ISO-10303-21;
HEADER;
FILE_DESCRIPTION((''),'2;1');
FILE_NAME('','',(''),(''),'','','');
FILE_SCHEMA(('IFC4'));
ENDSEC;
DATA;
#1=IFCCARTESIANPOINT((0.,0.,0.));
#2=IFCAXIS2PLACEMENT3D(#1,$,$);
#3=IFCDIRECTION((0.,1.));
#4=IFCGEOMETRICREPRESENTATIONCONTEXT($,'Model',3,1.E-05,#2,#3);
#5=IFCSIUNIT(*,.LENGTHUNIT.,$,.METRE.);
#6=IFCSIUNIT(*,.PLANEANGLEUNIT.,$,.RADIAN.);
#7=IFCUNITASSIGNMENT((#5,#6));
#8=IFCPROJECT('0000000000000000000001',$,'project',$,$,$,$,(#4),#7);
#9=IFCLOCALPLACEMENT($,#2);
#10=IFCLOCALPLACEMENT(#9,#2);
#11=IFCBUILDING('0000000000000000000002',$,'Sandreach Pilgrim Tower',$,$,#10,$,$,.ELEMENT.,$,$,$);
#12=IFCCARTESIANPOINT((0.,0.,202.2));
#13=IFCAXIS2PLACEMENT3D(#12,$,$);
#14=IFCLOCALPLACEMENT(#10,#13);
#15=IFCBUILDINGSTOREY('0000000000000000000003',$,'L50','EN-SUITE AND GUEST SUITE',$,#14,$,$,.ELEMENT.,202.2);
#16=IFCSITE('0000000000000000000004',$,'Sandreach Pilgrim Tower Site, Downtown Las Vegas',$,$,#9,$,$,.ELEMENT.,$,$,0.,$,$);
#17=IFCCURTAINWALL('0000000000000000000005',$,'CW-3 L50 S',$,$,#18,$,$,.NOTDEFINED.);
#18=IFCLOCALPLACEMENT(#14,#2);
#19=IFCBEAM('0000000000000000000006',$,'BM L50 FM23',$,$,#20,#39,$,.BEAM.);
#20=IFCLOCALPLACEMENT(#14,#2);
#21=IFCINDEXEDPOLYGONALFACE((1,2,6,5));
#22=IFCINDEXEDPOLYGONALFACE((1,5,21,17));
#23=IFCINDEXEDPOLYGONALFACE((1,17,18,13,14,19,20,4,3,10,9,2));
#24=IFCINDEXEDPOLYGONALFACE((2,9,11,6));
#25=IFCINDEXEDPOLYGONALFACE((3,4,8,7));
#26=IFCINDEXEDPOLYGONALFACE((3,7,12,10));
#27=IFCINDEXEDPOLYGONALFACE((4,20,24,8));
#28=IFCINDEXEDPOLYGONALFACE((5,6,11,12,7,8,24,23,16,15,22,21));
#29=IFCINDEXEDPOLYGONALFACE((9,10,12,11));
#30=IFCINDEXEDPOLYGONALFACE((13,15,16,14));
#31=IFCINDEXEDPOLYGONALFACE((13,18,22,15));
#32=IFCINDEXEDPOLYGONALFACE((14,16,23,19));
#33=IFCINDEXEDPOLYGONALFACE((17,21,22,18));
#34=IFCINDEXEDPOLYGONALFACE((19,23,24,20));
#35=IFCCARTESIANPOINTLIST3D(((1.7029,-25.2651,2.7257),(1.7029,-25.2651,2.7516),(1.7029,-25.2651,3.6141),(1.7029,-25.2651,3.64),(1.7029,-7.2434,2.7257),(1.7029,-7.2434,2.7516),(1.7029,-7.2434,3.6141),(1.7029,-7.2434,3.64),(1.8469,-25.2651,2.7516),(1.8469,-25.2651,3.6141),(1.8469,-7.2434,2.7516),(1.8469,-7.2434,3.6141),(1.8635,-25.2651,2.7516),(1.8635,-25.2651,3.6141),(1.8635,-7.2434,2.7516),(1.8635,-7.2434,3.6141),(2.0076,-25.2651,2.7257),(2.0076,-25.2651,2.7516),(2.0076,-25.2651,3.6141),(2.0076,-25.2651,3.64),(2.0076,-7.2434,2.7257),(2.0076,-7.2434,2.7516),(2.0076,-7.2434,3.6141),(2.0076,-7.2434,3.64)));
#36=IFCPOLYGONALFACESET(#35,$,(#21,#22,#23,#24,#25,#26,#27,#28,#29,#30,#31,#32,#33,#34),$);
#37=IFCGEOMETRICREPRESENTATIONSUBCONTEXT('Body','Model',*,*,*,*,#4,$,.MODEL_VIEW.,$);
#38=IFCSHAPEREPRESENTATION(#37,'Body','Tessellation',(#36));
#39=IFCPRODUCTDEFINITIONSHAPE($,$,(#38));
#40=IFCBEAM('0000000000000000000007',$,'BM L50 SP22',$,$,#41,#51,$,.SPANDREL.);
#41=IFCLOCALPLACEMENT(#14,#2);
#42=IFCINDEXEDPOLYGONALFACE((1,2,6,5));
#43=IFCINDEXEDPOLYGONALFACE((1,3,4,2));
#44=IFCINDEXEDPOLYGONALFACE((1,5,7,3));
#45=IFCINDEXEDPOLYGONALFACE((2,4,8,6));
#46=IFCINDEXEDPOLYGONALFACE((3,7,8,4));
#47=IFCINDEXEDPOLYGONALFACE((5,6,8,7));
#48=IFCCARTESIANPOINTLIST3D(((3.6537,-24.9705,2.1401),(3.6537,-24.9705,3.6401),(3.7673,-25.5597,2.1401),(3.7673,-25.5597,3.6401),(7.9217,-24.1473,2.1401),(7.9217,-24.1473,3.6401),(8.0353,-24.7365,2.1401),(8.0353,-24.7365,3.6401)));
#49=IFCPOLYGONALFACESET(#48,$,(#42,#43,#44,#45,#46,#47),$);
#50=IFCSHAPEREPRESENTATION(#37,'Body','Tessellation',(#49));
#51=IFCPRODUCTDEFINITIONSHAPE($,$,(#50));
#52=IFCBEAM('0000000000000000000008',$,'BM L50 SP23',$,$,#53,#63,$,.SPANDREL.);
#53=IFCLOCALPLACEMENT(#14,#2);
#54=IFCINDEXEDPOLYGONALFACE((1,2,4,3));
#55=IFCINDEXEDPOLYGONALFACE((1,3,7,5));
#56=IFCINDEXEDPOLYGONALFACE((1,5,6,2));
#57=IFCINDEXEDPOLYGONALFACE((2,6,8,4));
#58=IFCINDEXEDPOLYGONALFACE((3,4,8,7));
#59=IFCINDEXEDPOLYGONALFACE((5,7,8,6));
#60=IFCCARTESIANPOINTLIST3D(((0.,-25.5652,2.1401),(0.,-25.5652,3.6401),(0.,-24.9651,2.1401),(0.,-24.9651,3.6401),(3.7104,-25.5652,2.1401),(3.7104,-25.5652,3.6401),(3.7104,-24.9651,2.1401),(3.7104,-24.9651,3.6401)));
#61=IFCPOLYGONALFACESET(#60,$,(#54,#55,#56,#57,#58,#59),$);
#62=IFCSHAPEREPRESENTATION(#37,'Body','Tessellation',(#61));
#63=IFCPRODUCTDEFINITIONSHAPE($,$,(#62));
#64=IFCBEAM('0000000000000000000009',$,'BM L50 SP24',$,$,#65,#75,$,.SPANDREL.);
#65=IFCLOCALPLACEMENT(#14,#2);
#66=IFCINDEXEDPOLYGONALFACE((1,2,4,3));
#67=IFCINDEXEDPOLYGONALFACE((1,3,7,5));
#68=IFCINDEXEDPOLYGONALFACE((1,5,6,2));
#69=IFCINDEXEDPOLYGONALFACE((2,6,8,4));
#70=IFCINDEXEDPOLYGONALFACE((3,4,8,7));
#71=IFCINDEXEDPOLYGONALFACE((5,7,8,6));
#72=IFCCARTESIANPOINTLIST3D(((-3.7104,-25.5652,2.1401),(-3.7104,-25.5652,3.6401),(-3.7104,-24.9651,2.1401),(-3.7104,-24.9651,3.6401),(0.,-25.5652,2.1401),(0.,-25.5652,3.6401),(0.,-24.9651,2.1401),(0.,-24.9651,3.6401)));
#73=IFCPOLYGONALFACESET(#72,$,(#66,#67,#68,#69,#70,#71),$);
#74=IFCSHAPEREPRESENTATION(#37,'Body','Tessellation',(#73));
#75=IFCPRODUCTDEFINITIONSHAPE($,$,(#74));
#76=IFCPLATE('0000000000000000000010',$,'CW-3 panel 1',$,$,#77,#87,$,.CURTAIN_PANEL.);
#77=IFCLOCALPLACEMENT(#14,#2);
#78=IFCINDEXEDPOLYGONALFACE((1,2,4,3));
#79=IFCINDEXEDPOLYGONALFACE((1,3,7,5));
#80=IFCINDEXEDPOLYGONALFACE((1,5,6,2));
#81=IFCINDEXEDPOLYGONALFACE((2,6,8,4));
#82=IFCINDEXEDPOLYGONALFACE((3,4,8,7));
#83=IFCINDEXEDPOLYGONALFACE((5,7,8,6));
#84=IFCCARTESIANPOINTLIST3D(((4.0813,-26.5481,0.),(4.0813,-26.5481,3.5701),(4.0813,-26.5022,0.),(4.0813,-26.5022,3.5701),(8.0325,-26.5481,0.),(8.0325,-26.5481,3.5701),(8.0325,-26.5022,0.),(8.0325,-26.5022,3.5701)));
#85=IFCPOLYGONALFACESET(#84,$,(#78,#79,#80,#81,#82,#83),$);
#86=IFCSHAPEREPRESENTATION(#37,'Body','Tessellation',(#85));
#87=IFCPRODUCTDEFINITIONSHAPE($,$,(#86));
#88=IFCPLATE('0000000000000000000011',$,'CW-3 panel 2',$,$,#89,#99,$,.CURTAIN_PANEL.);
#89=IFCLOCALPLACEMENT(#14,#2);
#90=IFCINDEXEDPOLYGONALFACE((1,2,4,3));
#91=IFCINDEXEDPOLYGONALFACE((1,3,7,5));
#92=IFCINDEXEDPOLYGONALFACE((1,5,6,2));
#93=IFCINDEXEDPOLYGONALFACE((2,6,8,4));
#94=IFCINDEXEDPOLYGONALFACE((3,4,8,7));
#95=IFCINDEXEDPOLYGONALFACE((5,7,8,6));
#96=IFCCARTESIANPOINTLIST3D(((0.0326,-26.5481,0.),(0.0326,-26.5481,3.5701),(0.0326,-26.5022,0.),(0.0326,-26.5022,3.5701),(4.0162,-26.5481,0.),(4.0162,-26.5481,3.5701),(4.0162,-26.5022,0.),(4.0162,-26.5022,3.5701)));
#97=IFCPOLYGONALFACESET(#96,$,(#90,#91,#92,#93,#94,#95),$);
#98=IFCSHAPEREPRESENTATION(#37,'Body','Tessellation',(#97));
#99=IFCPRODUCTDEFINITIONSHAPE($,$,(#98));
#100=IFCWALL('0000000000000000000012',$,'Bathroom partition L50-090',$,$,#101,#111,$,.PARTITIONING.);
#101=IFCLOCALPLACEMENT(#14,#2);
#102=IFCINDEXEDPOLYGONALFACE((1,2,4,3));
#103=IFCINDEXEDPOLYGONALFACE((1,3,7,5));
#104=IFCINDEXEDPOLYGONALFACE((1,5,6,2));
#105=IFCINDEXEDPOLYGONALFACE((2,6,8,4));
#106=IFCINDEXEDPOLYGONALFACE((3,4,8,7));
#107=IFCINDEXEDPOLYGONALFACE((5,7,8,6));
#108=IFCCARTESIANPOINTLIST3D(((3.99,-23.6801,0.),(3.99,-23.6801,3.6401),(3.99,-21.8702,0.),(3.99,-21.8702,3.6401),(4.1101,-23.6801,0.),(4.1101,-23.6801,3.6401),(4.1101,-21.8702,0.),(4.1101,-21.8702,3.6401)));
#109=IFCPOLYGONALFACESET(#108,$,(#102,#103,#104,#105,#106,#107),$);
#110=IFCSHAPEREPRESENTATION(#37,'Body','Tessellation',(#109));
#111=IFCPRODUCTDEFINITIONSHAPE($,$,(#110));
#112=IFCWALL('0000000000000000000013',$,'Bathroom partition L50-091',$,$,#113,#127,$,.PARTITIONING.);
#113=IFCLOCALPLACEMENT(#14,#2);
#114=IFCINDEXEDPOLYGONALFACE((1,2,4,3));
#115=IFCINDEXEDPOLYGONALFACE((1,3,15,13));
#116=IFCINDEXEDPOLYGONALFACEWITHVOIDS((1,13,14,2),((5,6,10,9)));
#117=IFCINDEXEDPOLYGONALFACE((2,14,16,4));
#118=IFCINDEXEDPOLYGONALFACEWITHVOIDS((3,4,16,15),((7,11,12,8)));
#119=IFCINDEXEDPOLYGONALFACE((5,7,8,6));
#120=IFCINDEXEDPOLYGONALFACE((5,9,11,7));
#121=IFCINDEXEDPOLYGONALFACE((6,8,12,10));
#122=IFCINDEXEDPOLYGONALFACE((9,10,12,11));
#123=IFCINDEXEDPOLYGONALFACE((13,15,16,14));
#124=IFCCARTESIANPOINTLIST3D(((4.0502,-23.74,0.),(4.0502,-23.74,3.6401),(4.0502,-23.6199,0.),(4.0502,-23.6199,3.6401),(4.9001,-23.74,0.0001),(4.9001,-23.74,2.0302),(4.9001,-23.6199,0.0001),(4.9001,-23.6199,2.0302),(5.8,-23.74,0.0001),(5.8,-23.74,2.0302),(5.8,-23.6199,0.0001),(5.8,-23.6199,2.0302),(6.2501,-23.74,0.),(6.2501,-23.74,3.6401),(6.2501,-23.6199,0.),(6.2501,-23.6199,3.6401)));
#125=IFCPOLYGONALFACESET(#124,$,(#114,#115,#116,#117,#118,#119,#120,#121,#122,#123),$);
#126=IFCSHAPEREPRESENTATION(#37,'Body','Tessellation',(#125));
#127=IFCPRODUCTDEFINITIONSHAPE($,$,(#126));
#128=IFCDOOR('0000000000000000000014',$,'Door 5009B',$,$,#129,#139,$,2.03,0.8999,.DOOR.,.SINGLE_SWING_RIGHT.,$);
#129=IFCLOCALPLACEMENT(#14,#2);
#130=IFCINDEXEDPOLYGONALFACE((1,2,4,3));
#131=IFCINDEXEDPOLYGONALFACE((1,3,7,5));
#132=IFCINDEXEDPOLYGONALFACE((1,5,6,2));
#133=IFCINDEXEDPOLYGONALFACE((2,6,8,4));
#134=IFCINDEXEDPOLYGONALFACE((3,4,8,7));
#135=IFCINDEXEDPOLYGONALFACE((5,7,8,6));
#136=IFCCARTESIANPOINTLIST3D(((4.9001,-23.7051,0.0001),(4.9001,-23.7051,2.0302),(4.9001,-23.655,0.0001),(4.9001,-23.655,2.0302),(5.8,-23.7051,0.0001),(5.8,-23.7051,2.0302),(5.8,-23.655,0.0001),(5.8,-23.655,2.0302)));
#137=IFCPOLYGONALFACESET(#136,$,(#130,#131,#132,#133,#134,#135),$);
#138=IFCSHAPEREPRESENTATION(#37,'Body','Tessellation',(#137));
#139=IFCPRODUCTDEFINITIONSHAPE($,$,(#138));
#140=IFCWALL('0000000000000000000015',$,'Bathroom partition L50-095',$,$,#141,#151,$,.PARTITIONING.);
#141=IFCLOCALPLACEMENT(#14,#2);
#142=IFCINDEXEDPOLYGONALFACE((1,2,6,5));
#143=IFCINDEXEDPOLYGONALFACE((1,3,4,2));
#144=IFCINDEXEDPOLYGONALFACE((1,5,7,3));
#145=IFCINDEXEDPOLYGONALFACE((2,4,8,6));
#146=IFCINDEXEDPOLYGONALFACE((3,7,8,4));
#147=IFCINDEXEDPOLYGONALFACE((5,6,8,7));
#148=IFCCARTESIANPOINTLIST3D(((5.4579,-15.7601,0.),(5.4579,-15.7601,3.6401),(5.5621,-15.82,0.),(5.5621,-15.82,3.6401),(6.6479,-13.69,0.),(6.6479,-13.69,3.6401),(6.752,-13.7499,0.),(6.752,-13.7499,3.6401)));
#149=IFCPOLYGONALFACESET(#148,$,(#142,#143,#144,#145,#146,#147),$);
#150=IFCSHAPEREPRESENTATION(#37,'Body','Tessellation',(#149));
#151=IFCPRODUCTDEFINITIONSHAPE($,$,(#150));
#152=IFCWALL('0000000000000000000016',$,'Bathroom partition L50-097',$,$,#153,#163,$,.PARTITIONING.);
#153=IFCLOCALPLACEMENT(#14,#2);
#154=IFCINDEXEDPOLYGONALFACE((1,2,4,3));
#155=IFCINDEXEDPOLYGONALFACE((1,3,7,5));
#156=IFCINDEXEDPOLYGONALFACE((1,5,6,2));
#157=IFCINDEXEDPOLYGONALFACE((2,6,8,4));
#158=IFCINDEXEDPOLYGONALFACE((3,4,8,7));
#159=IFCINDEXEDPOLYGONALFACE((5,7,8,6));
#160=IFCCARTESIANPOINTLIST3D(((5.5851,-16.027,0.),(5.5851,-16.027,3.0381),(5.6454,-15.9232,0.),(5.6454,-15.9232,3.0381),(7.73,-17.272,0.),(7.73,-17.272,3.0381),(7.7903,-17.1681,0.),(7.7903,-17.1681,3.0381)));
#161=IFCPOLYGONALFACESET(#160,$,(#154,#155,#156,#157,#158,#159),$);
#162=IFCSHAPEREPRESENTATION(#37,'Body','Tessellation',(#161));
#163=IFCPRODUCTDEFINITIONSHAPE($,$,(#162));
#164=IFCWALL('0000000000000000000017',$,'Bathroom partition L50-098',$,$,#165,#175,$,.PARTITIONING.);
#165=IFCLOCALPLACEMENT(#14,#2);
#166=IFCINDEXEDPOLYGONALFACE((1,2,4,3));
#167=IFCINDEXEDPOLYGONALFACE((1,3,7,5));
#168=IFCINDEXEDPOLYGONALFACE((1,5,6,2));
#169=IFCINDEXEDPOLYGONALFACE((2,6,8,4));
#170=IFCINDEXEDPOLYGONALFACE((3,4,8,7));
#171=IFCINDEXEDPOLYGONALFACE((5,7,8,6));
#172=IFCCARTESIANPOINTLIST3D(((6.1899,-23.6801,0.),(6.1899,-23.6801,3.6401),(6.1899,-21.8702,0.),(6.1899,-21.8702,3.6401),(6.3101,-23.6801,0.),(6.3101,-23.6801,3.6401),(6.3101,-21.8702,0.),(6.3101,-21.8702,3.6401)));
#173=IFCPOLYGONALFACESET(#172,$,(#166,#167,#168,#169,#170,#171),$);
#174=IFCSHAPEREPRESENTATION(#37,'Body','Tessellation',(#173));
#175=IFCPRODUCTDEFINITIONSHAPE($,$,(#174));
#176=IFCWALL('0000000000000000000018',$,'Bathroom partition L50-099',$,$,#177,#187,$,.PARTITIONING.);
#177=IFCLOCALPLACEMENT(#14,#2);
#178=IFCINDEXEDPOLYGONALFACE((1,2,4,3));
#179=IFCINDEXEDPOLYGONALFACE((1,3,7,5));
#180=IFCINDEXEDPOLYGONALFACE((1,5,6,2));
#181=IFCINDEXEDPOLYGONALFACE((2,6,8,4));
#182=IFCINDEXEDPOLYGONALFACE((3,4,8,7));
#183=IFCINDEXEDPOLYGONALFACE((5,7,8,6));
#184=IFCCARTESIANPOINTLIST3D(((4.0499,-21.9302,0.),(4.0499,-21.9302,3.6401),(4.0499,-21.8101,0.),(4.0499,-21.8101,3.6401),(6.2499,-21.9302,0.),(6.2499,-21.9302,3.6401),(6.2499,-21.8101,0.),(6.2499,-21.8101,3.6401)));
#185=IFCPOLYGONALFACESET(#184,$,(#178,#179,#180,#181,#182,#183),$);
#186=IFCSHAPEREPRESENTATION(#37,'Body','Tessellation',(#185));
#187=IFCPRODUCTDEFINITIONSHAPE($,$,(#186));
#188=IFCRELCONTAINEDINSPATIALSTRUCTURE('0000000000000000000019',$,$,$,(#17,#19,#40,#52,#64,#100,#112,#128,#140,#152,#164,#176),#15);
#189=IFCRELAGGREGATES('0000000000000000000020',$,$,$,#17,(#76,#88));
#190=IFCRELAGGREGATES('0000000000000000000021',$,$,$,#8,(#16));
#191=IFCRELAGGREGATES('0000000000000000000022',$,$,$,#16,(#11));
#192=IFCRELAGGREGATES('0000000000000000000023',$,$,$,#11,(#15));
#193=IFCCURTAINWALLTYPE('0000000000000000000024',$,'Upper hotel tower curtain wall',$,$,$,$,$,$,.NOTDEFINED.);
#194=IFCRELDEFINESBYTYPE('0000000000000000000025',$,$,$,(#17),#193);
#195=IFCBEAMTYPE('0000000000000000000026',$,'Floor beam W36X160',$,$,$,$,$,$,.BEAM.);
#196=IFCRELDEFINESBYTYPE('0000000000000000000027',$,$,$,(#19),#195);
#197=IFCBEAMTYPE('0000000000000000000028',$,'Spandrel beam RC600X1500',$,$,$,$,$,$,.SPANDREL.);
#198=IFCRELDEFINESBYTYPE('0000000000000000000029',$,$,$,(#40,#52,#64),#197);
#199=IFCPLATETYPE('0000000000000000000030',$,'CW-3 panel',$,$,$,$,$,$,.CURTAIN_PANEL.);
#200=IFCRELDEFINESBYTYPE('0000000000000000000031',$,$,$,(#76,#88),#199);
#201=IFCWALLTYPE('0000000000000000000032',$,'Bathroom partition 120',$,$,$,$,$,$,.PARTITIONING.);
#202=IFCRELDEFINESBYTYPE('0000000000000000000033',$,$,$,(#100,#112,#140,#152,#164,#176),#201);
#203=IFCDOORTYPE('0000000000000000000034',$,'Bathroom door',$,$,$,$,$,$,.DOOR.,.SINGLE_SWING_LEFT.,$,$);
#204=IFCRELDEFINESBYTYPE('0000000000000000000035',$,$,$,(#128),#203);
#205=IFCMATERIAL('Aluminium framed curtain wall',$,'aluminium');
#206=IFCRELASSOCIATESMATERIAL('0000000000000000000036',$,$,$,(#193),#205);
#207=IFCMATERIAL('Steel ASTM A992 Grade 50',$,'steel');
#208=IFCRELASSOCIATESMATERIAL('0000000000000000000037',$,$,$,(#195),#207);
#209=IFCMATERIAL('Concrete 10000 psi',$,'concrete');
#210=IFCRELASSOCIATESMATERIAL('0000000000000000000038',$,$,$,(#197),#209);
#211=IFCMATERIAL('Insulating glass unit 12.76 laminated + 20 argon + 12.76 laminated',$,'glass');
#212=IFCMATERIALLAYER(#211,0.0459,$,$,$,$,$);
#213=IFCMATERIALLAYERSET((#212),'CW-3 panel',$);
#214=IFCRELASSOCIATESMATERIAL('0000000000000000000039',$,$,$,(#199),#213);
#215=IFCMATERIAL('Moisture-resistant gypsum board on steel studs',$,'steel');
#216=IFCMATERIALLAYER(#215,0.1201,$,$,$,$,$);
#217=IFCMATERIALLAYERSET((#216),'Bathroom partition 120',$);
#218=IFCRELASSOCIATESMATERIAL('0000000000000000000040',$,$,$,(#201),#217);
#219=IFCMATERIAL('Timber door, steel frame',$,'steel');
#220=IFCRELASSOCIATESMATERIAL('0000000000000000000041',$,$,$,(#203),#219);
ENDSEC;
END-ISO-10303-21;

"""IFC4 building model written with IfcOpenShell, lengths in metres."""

from ifc_helpers import new_model, si_unit, direction, frame, frame_2d, origin, origin_2d, place, context, subcontext, project, spatial, rectangle, i_section, extrude, material, layer, layer_set, material_profile, profile_set, type_object, element, fill, aggregate, save


model = new_model("IFC4")

# Units and contexts
model_context = context("Model", 3, precision=1e-05, world=origin(), true_north=direction((0.0, 1.0)))
body_context = subcontext(model_context, "Body", "Model", "MODEL_VIEW")
ifc_project = project(units=[si_unit("LENGTHUNIT", "METRE"), si_unit("PLANEANGLEUNIT", "RADIAN")], contexts=[model_context])

# Site, building, storey
site_placement = place(None, origin())
site = spatial("IfcSite", under=ifc_project, at=site_placement, Name="Sandreach Pilgrim Tower Site, Downtown Las Vegas", CompositionType="ELEMENT", RefElevation=0.0)
building_placement = place(site_placement, origin())
building = spatial("IfcBuilding", under=site, at=building_placement, Name="Sandreach Pilgrim Tower", CompositionType="ELEMENT")
storey_placement = place(building_placement, frame((0.0, 0.0, 202.2)))
storey = spatial("IfcBuildingStorey", under=building, at=storey_placement, Name="L50", Description="EN-SUITE AND GUEST SUITE", CompositionType="ELEMENT", Elevation=202.2)

# Curtain wall
ifc_material_1 = material(Name="Aluminium framed curtain wall", Category="aluminium")
curtain_wall_type = type_object("IfcCurtainWallType", Name="Upper hotel tower curtain wall", PredefinedType="NOTDEFINED", material=ifc_material_1)
curtain_wall_placement = place(storey_placement, origin())
curtain_wall = element("IfcCurtainWall", 1, at=curtain_wall_placement, inside=storey, type_object=curtain_wall_type, Name="CW-3 L50 S", PredefinedType="NOTDEFINED")

# Beams
ifc_material_2 = material(Name="Steel ASTM A992 Grade 50", Category="steel")
ifc_material_profile_1 = material_profile(ifc_material_2, i_section(OverallWidth=0.3047, OverallDepth=0.9143, WebThickness=0.0166, FlangeThickness=0.0259, at=origin_2d()), Name="W36X160")
ifc_profile_set_1 = profile_set([ifc_material_profile_1], Name="Steel ASTM A992 Grade 50")
beam_type_1 = type_object("IfcBeamType", Name="Floor beam W36X160", PredefinedType="BEAM", material=ifc_profile_set_1)
beam_1_placement = place(storey_placement, frame((1.8552, -25.2651, 3.1829), z_axis=(0.0, 1.0, 0.0), x_axis=(-1.0, 0.0, 0.0)))
element("IfcBeam", 2, at=beam_1_placement, inside=storey, type_object=beam_type_1, Name="BM L50 FM23", PredefinedType="BEAM", context=body_context, shape_type="SweptSolid", body=[
    extrude(i_section(OverallWidth=0.3047, OverallDepth=0.9143, WebThickness=0.0166, FlangeThickness=0.0259, at=origin_2d()), origin(), (0.0, 0.0, 1.0), 18.0217),
])
ifc_material_3 = material(Name="Concrete 10000 psi", Category="concrete")
ifc_material_profile_2 = material_profile(ifc_material_3, rectangle(XDim=0.6001, YDim=1.5, at=origin_2d()), Name="RC600X1500")
ifc_profile_set_2 = profile_set([ifc_material_profile_2], Name="Concrete 10000 psi")
beam_type_2 = type_object("IfcBeamType", Name="Spandrel beam RC600X1500", PredefinedType="SPANDREL", material=ifc_profile_set_2)
beam_2_placement = place(storey_placement, frame((7.9785, -24.4419, 2.8901), z_axis=(-0.981901, -0.189393, 0.0), x_axis=(0.189393, -0.981901, 0.0)))
element("IfcBeam", 3, at=beam_2_placement, inside=storey, type_object=beam_type_2, Name="BM L50 SP22", PredefinedType="SPANDREL", context=body_context, shape_type="SweptSolid", body=[
    extrude(rectangle(XDim=0.6001, YDim=1.5, at=origin_2d()), origin(), (0.0, 0.0, 1.0), 4.3467),
])
for number, where, z_axis, x_axis, name in (
    (4, (3.7104, -25.2651, 2.8901), (-1.0, 0.0, 0.0), (0.0, -1.0, 0.0), "BM L50 SP23"),
    (5, (0.0, -25.2651, 2.8901), (-1.0, 0.0, 0.0), (0.0, -1.0, 0.0), "BM L50 SP24"),
):
    element("IfcBeam", number, at=place(storey_placement, frame(where, z_axis=z_axis, x_axis=x_axis)), inside=storey, type_object=beam_type_2, Name=name, PredefinedType="SPANDREL", context=body_context, shape_type="SweptSolid", body=[
        extrude(rectangle(XDim=0.6001, YDim=1.5, at=origin_2d()), origin(), (0.0, 0.0, 1.0), 3.7104),
    ])

# Plates
ifc_material_4 = material(Name="Insulating glass unit 12.76 laminated + 20 argon + 12.76 laminated", Category="glass")
ifc_layer_1 = layer(ifc_material_4, 0.0459)
ifc_layer_set_1 = layer_set([ifc_layer_1], Name="CW-3 panel")
plate_type = type_object("IfcPlateType", Name="CW-3 panel", PredefinedType="CURTAIN_PANEL", material=ifc_layer_set_1)
plate_1_placement = place(storey_placement, frame((6.0569, -26.5251, 0.0), z_axis=(0.0, 0.0, 1.0), x_axis=(-1.0, 0.0, 0.0)))
plate_1 = element("IfcPlate", 6, at=plate_1_placement, type_object=plate_type, Name="CW-3 panel 1", PredefinedType="CURTAIN_PANEL", context=body_context, shape_type="SweptSolid", body=[
    extrude(rectangle(XDim=3.9512, YDim=0.0459, at=origin_2d()), origin(), (0.0, 0.0, 1.0), 3.5701),
])
plate_2_placement = place(storey_placement, frame((2.0244, -26.5251, 0.0), z_axis=(0.0, 0.0, 1.0), x_axis=(-1.0, 0.0, 0.0)))
plate_2 = element("IfcPlate", 7, at=plate_2_placement, type_object=plate_type, Name="CW-3 panel 2", PredefinedType="CURTAIN_PANEL", context=body_context, shape_type="SweptSolid", body=[
    extrude(rectangle(XDim=3.9836, YDim=0.0459, at=origin_2d()), origin(), (0.0, 0.0, 1.0), 3.5701),
])
aggregate(curtain_wall, [plate_1, plate_2])

# Wall
ifc_material_5 = material(Name="Moisture-resistant gypsum board on steel studs", Category="steel")
ifc_layer_2 = layer(ifc_material_5, 0.1201)
ifc_layer_set_2 = layer_set([ifc_layer_2], Name="Bathroom partition 120")
wall_type_1 = type_object("IfcWallType", Name="Bathroom partition 120", PredefinedType="PARTITIONING", material=ifc_layer_set_2)
wall_1_placement = place(storey_placement, frame((4.05, -23.6799, 0.0), z_axis=(0.0, 0.0, 1.0), x_axis=(0.0, 1.0, 0.0)))
element("IfcWall", 8, at=wall_1_placement, inside=storey, type_object=wall_type_1, Name="Bathroom partition L50-090", PredefinedType="PARTITIONING", context=body_context, shape_type="SweptSolid", body=[
    extrude(rectangle(XDim=1.8098, YDim=0.1201, at=frame_2d((0.9048, 0.0))), origin(), (0.0, 0.0, 1.0), 3.6401),
])

# Wall, opening, door
wall_2_placement = place(storey_placement, frame((4.05, -23.6799, 0.0), z_axis=(0.0, 0.0, 1.0), x_axis=(1.0, 0.0, 0.0)))
wall_2 = element("IfcWall", 9, at=wall_2_placement, inside=storey, type_object=wall_type_1, Name="Bathroom partition L50-091", PredefinedType="PARTITIONING", context=body_context, shape_type="SweptSolid", body=[
    extrude(rectangle(XDim=2.2, YDim=0.1201, at=frame_2d((1.1001, 0.0))), origin(), (0.0, 0.0, 1.0), 3.6401),
])
opening_1_placement = place(wall_2_placement, frame((0.8501, 0.0, 0.0)))
opening_1 = element("IfcOpeningElement", 10, at=opening_1_placement, cuts=wall_2, PredefinedType="OPENING", context=body_context, shape_type="SweptSolid", body=[
    extrude(rectangle(XDim=0.8999, YDim=2.03, at=frame_2d((0.45, 1.0151))), frame((0.0, 0.0601, 0.0), z_axis=(0.0, -1.0, 0.0), x_axis=(1.0, 0.0, 0.0)), (0.0, 0.0, 1.0), 0.1201),
])
ifc_material_6 = material(Name="Timber door, steel frame", Category="steel")
door_type_1 = type_object("IfcDoorType", Name="Bathroom door", OperationType="SINGLE_SWING_LEFT", PredefinedType="DOOR", material=ifc_material_6)
door_1_placement = place(opening_1_placement, origin())
door_1 = element("IfcDoor", 11, at=door_1_placement, inside=storey, type_object=door_type_1, Name="Door 5009B", OperationType="SINGLE_SWING_RIGHT", OverallHeight=2.03, OverallWidth=0.8999, PredefinedType="DOOR", context=body_context, shape_type="SweptSolid", body=[
    extrude(rectangle(XDim=0.8999, YDim=2.03, at=frame_2d((0.45, 1.0151))), frame((0.0, 0.0249, 0.0), z_axis=(0.0, -1.0, 0.0), x_axis=(1.0, 0.0, 0.0)), (0.0, 0.0, 1.0), 0.05),
])
fill(opening_1, door_1)

# Walls
wall_3_placement = place(storey_placement, frame((5.51, -15.79, 0.0), z_axis=(0.0, 0.0, 1.0), x_axis=(0.498362, 0.866969, 0.0)))
element("IfcWall", 12, at=wall_3_placement, inside=storey, type_object=wall_type_1, Name="Bathroom partition L50-095", PredefinedType="PARTITIONING", context=body_context, shape_type="SweptSolid", body=[
    extrude(rectangle(XDim=2.3877, YDim=0.1201, at=frame_2d((1.1938, 0.0))), origin(), (0.0, 0.0, 1.0), 3.6401),
])
wall_4_placement = place(storey_placement, frame((5.6152, -15.9751, 0.0), z_axis=(0.0, 0.0, 1.0), x_axis=(0.864873, -0.501991, 0.0)))
element("IfcWall", 13, at=wall_4_placement, inside=storey, type_object=wall_type_1, Name="Bathroom partition L50-097", PredefinedType="PARTITIONING", context=body_context, shape_type="SweptSolid", body=[
    extrude(rectangle(XDim=2.48, YDim=0.1201, at=frame_2d((1.24, 0.0))), origin(), (0.0, 0.0, 1.0), 3.0381),
])
wall_5_placement = place(storey_placement, frame((6.25, -23.6799, 0.0), z_axis=(0.0, 0.0, 1.0), x_axis=(0.0, 1.0, 0.0)))
element("IfcWall", 14, at=wall_5_placement, inside=storey, type_object=wall_type_1, Name="Bathroom partition L50-098", PredefinedType="PARTITIONING", context=body_context, shape_type="SweptSolid", body=[
    extrude(rectangle(XDim=1.8098, YDim=0.1201, at=frame_2d((0.9048, 0.0))), origin(), (0.0, 0.0, 1.0), 3.6401),
])
wall_6_placement = place(storey_placement, frame((6.25, -21.8701, 0.0), z_axis=(0.0, 0.0, 1.0), x_axis=(-1.0, 0.0, 0.0)))
element("IfcWall", 15, at=wall_6_placement, inside=storey, type_object=wall_type_1, Name="Bathroom partition L50-099", PredefinedType="PARTITIONING", context=body_context, shape_type="SweptSolid", body=[
    extrude(rectangle(XDim=2.2, YDim=0.1201, at=frame_2d((1.1001, 0.0))), origin(), (0.0, 0.0, 1.0), 3.6401),
])

save(model, "model.ifc")
